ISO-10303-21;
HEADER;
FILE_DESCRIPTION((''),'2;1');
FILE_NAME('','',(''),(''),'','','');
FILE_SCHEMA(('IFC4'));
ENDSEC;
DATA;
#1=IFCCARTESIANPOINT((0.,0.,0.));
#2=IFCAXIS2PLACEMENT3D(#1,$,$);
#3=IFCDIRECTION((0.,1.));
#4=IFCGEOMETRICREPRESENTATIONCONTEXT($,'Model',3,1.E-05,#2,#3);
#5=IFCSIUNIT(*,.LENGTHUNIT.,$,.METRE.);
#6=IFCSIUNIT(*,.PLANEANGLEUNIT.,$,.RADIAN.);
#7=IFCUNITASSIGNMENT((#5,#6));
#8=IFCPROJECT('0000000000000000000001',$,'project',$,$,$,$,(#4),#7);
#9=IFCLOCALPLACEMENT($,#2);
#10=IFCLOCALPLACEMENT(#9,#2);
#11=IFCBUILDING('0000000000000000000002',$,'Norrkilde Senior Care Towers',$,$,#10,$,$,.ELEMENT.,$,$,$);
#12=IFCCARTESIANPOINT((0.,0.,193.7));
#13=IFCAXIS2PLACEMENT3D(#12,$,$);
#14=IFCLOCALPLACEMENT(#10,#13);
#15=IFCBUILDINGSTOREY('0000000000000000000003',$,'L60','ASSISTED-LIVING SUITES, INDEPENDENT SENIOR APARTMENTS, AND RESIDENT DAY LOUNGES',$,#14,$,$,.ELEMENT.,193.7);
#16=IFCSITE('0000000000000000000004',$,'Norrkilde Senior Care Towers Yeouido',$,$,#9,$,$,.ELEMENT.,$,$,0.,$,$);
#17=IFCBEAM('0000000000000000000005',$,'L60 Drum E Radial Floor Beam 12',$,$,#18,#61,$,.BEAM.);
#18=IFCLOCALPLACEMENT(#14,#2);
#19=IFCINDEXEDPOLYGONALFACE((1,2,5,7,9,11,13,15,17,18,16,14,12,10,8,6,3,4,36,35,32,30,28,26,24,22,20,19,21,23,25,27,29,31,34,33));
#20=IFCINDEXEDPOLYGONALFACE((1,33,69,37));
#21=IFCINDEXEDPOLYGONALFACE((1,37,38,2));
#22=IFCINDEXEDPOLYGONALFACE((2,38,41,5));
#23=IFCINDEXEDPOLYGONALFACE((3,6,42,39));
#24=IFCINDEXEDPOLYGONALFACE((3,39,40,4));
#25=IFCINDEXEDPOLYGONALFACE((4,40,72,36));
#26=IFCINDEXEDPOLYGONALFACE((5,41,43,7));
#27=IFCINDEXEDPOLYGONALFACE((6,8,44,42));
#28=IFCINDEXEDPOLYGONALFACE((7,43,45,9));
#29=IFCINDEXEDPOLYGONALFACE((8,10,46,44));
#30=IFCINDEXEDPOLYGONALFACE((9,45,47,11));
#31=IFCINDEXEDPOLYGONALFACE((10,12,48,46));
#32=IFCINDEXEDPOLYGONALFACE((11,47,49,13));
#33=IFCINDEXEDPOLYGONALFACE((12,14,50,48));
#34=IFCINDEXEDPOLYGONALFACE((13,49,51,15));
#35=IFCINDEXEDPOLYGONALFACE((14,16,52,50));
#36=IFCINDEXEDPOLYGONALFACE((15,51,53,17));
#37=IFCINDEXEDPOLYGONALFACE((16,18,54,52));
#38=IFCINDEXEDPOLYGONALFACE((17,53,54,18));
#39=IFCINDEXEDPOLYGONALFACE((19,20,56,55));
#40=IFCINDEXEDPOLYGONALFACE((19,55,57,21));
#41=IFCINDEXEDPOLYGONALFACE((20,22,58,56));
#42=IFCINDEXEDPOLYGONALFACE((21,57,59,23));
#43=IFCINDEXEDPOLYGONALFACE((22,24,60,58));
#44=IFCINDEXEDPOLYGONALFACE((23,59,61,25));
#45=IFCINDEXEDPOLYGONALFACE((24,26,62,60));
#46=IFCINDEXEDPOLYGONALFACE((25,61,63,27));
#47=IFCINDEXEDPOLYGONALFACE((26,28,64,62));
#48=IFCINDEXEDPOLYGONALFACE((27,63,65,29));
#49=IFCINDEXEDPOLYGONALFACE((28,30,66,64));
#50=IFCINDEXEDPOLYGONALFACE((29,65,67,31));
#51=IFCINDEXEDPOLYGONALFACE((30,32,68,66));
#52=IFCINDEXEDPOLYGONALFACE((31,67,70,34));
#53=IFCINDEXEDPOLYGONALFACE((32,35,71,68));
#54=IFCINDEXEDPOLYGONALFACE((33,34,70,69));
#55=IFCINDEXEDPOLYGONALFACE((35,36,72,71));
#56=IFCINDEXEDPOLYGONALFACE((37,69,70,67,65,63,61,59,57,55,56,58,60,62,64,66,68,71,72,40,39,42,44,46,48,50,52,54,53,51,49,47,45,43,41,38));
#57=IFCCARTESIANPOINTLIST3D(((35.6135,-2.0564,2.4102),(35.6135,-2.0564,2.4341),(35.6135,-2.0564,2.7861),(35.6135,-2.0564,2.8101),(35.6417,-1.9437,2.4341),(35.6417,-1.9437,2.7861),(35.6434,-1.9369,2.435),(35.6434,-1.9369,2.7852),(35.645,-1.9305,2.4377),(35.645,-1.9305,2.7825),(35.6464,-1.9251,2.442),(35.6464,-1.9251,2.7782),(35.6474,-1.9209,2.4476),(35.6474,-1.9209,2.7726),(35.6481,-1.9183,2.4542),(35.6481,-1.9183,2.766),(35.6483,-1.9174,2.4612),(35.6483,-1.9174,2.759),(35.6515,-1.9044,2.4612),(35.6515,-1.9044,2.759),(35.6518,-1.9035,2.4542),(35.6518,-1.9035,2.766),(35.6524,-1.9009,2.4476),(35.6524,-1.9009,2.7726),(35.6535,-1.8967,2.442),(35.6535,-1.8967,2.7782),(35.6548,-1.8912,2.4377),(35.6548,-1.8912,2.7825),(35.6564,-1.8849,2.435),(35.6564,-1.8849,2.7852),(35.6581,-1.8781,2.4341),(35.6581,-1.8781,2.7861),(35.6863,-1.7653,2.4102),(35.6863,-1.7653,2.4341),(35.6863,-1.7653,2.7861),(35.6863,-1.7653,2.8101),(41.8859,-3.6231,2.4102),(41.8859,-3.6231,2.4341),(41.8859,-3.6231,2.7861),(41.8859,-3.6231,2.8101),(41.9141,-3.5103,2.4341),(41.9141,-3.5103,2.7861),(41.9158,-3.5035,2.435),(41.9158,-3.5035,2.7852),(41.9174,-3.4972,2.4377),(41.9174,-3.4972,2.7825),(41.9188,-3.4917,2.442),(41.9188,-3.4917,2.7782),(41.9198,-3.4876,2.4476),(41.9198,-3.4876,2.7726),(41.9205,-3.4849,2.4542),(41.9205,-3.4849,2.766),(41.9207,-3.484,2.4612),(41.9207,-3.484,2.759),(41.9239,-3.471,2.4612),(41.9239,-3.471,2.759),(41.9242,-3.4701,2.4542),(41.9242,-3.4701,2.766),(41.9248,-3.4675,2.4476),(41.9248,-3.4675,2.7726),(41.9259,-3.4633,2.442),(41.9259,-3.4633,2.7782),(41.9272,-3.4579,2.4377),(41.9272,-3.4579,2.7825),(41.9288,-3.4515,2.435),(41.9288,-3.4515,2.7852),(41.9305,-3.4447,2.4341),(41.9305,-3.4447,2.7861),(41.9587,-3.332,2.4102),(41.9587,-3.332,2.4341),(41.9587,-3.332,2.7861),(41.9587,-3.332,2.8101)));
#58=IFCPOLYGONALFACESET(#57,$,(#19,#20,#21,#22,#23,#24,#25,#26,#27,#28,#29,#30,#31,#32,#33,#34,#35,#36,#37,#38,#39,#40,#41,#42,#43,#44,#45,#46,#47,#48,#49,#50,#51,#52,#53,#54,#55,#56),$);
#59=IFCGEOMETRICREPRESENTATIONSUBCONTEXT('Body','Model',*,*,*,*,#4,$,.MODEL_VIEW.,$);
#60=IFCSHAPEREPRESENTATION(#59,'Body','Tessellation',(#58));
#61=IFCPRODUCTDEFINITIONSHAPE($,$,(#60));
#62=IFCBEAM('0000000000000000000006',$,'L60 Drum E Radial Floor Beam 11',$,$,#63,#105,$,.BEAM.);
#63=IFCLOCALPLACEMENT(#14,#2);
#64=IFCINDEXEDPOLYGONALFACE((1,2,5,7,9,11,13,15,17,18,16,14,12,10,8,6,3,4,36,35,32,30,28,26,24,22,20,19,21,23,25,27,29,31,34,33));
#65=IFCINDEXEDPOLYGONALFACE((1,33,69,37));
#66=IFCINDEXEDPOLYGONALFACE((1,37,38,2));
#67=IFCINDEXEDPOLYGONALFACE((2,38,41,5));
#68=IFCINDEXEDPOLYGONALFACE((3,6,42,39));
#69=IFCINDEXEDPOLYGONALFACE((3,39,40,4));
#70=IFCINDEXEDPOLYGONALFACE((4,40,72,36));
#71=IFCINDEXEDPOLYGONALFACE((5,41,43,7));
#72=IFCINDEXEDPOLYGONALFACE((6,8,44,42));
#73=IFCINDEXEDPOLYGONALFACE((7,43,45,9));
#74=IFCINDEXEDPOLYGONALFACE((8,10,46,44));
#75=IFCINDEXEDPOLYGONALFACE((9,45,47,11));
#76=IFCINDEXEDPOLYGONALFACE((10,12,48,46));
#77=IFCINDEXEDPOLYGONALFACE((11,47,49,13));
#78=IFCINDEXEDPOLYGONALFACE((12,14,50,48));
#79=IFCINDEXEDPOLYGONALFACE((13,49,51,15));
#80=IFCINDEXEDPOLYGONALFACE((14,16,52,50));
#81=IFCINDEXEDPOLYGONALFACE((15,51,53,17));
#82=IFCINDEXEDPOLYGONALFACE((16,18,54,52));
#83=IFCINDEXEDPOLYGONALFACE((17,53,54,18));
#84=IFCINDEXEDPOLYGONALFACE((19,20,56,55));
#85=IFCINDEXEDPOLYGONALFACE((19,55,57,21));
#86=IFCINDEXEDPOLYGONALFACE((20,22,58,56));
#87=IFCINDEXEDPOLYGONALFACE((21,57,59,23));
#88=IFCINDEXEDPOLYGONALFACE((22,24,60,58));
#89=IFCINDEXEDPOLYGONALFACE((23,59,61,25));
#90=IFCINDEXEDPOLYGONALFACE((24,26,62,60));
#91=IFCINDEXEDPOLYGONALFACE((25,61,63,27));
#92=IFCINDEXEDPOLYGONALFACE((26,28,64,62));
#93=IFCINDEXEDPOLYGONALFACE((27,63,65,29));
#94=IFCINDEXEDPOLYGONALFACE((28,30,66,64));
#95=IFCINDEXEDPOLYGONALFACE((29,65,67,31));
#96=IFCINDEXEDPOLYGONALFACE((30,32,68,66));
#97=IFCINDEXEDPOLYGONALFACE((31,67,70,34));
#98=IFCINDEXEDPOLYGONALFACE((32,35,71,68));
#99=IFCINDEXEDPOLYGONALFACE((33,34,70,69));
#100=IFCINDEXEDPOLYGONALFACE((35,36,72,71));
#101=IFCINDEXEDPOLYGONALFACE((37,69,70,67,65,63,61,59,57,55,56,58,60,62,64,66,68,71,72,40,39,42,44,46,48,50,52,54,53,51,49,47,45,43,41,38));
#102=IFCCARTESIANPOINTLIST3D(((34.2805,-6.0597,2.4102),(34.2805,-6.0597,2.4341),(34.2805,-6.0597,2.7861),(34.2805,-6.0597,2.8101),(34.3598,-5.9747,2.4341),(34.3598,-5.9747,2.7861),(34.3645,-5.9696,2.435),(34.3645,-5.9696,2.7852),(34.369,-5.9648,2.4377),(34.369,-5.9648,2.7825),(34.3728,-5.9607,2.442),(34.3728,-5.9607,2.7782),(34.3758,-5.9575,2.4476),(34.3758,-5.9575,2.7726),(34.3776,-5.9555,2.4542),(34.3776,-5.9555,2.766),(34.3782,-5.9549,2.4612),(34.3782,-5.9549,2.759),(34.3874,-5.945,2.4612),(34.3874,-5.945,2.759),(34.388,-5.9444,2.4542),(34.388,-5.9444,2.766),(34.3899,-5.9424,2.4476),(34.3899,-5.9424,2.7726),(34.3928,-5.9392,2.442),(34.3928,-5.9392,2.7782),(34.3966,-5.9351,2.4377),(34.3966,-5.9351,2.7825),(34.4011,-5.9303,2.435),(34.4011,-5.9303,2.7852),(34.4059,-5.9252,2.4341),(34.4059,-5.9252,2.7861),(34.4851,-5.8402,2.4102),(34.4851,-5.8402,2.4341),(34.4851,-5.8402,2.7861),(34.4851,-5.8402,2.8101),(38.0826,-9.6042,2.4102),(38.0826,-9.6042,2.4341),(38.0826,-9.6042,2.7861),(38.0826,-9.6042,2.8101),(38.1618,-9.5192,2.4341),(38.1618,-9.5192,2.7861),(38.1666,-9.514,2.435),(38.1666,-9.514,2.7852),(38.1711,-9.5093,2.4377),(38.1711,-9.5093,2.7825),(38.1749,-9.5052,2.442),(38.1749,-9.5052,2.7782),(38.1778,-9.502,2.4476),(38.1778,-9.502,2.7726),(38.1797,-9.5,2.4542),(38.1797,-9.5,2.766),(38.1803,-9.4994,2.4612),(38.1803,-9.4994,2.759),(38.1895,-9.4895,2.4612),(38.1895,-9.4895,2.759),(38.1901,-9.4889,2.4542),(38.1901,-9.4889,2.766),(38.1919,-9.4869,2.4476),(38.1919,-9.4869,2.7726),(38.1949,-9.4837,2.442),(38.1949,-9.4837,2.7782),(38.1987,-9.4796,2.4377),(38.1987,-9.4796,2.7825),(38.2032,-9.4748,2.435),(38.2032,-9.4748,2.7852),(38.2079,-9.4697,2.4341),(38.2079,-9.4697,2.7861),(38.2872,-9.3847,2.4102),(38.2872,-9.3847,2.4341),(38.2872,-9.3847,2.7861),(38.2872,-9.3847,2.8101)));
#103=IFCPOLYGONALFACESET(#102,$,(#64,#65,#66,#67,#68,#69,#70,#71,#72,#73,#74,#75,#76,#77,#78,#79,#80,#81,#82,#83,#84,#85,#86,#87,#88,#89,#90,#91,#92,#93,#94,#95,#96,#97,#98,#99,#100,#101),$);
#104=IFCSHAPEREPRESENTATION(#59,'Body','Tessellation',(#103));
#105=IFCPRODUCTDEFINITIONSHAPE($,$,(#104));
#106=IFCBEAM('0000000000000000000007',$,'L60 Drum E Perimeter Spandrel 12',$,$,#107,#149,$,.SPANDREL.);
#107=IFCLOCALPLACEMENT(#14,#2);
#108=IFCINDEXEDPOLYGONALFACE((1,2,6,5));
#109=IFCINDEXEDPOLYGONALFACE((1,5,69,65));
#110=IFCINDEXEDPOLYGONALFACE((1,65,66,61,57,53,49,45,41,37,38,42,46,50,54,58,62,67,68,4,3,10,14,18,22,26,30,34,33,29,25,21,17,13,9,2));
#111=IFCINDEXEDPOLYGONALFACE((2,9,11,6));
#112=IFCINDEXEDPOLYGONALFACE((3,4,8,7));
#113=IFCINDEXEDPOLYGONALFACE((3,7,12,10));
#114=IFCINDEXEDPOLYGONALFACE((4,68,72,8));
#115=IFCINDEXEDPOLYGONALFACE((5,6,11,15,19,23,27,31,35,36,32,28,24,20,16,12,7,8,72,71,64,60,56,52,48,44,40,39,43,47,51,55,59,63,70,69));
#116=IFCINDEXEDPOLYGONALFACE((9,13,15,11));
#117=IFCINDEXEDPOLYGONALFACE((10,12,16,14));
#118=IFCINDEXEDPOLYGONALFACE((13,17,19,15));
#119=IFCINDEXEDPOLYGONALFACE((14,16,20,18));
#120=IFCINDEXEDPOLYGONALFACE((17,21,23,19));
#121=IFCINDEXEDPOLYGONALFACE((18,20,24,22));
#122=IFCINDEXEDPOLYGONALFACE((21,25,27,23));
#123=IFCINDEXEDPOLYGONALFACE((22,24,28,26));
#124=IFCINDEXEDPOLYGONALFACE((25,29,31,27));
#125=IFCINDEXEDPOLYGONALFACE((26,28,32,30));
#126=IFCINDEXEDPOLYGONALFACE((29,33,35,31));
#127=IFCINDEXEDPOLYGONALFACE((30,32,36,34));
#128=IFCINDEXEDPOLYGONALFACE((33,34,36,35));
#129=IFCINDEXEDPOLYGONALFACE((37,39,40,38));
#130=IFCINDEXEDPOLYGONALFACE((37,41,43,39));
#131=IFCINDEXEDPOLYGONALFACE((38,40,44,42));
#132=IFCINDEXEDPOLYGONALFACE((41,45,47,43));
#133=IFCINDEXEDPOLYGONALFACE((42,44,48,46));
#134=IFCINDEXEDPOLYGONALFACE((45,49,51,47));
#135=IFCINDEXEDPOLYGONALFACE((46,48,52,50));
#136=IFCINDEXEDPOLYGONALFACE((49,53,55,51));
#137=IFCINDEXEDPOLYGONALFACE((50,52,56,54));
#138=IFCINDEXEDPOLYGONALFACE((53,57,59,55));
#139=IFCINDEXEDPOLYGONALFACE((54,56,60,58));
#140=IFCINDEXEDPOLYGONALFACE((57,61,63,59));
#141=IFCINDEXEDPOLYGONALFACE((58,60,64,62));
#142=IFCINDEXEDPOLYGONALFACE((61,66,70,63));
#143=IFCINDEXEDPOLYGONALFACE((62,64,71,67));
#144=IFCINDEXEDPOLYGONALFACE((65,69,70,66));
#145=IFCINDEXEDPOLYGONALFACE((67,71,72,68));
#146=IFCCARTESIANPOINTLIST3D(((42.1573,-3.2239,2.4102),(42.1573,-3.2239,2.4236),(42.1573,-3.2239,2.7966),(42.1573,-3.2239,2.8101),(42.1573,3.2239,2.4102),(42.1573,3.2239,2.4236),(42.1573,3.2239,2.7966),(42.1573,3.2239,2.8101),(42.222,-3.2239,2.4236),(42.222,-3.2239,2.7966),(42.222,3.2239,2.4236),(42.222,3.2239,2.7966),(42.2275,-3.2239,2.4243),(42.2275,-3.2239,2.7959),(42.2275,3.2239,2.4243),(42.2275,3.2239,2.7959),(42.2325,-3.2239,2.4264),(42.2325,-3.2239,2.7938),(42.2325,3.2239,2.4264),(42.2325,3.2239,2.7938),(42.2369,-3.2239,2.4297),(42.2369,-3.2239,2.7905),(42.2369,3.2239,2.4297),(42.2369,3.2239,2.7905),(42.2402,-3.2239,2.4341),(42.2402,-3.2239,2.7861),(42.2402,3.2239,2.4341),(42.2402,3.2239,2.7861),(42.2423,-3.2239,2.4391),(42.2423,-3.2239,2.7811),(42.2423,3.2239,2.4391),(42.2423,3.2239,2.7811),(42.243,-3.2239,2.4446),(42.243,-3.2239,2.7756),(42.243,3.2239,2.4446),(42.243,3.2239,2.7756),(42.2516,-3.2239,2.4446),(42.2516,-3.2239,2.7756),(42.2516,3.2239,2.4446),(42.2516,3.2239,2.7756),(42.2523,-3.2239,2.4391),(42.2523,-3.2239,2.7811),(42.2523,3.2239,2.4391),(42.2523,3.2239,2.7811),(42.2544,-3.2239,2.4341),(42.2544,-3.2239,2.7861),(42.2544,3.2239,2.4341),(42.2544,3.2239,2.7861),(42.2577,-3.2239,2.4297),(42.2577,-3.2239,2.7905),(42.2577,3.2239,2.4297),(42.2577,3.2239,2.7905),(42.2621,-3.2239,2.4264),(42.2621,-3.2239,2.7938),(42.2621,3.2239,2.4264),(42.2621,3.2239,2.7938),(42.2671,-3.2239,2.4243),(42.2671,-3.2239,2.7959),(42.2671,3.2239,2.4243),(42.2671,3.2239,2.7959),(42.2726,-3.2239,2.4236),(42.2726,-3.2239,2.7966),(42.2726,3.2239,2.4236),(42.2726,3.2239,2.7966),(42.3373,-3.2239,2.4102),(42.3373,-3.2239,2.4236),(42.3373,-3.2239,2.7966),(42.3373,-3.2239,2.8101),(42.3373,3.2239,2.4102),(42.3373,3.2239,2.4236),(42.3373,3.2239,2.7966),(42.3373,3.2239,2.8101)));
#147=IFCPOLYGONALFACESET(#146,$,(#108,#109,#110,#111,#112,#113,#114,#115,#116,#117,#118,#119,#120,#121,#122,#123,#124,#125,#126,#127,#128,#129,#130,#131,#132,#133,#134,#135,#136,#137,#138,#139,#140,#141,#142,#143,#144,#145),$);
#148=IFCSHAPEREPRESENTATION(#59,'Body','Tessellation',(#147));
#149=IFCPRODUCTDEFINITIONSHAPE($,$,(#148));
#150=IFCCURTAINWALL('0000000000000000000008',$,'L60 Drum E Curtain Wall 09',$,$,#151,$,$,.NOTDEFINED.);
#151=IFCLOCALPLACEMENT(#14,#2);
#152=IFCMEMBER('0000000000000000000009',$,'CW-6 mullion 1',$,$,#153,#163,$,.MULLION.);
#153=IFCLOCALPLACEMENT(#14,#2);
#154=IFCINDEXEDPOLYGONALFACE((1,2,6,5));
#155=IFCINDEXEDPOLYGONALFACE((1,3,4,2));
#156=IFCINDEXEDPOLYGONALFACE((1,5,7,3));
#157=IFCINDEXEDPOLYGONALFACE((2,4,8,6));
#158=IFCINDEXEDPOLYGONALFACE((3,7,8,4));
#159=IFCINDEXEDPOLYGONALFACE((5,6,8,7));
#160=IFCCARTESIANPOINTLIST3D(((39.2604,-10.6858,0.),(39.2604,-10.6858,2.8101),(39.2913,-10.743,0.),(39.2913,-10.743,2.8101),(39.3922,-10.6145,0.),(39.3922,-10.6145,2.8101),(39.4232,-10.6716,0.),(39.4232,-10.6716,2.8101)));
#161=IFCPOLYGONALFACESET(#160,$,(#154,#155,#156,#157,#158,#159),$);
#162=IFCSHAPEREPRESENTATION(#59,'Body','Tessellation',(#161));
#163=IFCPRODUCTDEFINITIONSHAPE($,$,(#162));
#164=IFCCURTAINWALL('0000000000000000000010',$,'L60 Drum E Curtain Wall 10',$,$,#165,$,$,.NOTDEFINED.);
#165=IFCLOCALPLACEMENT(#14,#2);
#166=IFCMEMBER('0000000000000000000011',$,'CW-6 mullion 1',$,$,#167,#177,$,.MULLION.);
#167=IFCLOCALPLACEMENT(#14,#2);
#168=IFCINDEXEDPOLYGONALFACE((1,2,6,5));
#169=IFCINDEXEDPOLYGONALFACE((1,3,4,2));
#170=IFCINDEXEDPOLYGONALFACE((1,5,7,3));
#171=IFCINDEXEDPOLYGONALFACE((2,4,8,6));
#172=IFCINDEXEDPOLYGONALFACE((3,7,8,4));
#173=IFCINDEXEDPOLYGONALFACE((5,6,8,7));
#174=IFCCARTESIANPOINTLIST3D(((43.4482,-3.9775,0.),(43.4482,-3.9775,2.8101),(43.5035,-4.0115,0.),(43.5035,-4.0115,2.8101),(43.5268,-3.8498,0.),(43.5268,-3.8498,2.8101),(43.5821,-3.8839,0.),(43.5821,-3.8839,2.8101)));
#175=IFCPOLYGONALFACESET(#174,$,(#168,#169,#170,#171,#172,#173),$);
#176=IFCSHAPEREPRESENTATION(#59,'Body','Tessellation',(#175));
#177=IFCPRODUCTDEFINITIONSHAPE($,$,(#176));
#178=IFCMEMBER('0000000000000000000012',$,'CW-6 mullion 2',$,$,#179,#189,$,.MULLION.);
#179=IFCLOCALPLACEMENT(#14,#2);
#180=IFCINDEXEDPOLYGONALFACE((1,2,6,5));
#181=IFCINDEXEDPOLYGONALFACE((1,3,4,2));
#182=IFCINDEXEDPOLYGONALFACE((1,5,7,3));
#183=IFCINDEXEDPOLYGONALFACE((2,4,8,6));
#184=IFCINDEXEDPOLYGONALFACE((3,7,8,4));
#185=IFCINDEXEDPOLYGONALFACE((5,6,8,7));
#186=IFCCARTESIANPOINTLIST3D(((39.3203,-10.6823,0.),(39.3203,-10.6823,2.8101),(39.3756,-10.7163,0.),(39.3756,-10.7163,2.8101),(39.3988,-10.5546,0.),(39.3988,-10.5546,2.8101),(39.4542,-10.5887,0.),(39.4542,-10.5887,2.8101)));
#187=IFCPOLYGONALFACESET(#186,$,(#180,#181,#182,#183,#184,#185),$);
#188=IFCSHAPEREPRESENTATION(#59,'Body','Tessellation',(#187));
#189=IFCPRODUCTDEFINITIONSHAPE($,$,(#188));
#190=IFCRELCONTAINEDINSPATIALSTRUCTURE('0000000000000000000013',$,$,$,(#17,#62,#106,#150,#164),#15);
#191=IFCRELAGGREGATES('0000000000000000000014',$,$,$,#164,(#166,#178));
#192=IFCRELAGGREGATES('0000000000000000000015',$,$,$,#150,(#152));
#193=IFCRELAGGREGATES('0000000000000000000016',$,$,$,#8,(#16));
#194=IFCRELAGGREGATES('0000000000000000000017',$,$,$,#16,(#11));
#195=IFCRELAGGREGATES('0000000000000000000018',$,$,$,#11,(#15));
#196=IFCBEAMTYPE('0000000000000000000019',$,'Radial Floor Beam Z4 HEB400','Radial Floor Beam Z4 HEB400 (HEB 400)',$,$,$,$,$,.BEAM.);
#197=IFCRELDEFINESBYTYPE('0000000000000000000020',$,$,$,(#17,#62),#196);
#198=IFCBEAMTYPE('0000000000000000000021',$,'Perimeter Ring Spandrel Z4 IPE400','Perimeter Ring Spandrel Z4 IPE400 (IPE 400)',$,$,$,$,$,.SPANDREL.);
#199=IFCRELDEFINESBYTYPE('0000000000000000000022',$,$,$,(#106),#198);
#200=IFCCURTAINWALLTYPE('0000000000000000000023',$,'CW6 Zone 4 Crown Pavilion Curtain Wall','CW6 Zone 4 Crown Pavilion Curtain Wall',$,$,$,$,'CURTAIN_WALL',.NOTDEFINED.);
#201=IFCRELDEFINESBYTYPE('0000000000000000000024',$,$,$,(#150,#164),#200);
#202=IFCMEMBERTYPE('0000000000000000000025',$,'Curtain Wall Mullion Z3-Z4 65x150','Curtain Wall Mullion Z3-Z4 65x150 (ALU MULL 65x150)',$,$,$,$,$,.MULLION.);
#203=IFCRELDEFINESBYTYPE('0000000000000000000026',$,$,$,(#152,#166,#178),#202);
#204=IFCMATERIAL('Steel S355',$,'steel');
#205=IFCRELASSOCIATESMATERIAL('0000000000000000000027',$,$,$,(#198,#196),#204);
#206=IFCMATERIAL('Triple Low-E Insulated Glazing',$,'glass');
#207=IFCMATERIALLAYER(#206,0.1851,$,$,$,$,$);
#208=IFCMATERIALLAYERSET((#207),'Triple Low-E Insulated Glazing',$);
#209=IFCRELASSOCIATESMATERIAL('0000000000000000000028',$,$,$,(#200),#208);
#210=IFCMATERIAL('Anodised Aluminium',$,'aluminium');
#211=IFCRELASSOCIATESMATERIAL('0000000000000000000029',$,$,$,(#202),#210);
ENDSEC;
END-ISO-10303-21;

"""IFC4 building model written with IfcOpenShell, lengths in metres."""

from ifc_helpers import new_model, si_unit, direction, frame, origin, origin_2d, place, context, subcontext, project, spatial, rectangle, i_section, extrude, source, transform, mapped, material, layer, layer_set, material_profile, profile_set, type_object, type_shapes, element, aggregate, save


model = new_model("IFC4")

# Units and contexts
model_context = context("Model", 3, precision=1e-05, world=origin(), true_north=direction((0.0, 1.0)))
body_context = subcontext(model_context, "Body", "Model", "MODEL_VIEW")
ifc_project = project(units=[si_unit("LENGTHUNIT", "METRE"), si_unit("PLANEANGLEUNIT", "RADIAN")], contexts=[model_context])

# Site, building, storey
site_placement = place(None, origin())
site = spatial("IfcSite", under=ifc_project, at=site_placement, Name="Norrkilde Senior Care Towers Yeouido", CompositionType="ELEMENT", RefElevation=0.0)
building_placement = place(site_placement, origin())
building = spatial("IfcBuilding", under=site, at=building_placement, Name="Norrkilde Senior Care Towers", CompositionType="ELEMENT")
storey_placement = place(building_placement, frame((0.0, 0.0, 193.7)))
storey = spatial("IfcBuildingStorey", under=building, at=storey_placement, Name="L60", Description="ASSISTED-LIVING SUITES, INDEPENDENT SENIOR APARTMENTS, AND RESIDENT DAY LOUNGES", CompositionType="ELEMENT", Elevation=193.7)

# Beams
ifc_material_1 = material(Name="Steel S355", Category="steel")
ifc_material_profile_1 = material_profile(ifc_material_1, i_section(OverallWidth=0.1799, OverallDepth=0.3999, WebThickness=0.0085, FlangeThickness=0.0134, FilletRadius=0.021, at=origin_2d()), Name="IPE 400")
ifc_profile_set_1 = profile_set([ifc_material_profile_1], Name="Steel S355")
beam_type_1 = type_object("IfcBeamType", Name="Perimeter Ring Spandrel Z4 IPE400", Description="Perimeter Ring Spandrel Z4 IPE400 (IPE 400)", PredefinedType="SPANDREL", material=ifc_profile_set_1)
ifc_material_profile_2 = material_profile(ifc_material_1, i_section(OverallWidth=0.3, OverallDepth=0.3999, WebThickness=0.0134, FlangeThickness=0.0239, FilletRadius=0.0271, at=origin_2d()), Name="HEB 400")
ifc_profile_set_2 = profile_set([ifc_material_profile_2], Name="Steel S355")
beam_type_2 = type_object("IfcBeamType", Name="Radial Floor Beam Z4 HEB400", Description="Radial Floor Beam Z4 HEB400 (HEB 400)", PredefinedType="BEAM", material=ifc_profile_set_2)
shared_shape_1 = source(origin(), body_context, "Body", "SweptSolid", [
    extrude(i_section(OverallWidth=0.3, OverallDepth=0.3999, WebThickness=0.0134, FlangeThickness=0.0239, FilletRadius=0.0271, at=origin_2d()), origin(), (0.0, 0.0, 1.0), 6.4651),
])
beam_1_placement = place(storey_placement, frame((35.6499, -1.9109, 2.6101), z_axis=(0.970196, -0.242322, 0.0), x_axis=(0.242322, 0.970196, 0.0)))
element("IfcBeam", 1, at=beam_1_placement, inside=storey, type_object=beam_type_2, Name="L60 Drum E Radial Floor Beam 12", PredefinedType="BEAM", context=body_context, shape_type="MappedRepresentation", body=[
    mapped(shared_shape_1, transform((0.0, 0.0, 0.0), x_axis=(1.0, 0.0, 0.0), y_axis=(0.0, 1.0, 0.0), z_axis=(0.0, 0.0, 1.0), scale=1.0)),
])
shared_shape_2 = source(origin(), body_context, "Body", "SweptSolid", [
    extrude(i_section(OverallWidth=0.3, OverallDepth=0.3999, WebThickness=0.0134, FlangeThickness=0.0239, FilletRadius=0.0271, at=origin_2d()), origin(), (0.0, 0.0, 1.0), 5.198),
])
type_shapes(beam_type_2, [shared_shape_1, shared_shape_2])
beam_2_placement = place(storey_placement, frame((34.3828, -5.95, 2.6101), z_axis=(0.731449, -0.681896, 0.0), x_axis=(0.681896, 0.731449, 0.0)))
element("IfcBeam", 2, at=beam_2_placement, inside=storey, type_object=beam_type_2, Name="L60 Drum E Radial Floor Beam 11", PredefinedType="BEAM", context=body_context, shape_type="MappedRepresentation", body=[
    mapped(shared_shape_2, transform((0.0, 0.0, 0.0), x_axis=(1.0, 0.0, 0.0), y_axis=(0.0, 1.0, 0.0), z_axis=(0.0, 0.0, 1.0), scale=1.0)),
])
shared_shape_3 = source(origin(), body_context, "Body", "SweptSolid", [
    extrude(i_section(OverallWidth=0.1799, OverallDepth=0.3999, WebThickness=0.0085, FlangeThickness=0.0134, FilletRadius=0.021, at=origin_2d()), origin(), (0.0, 0.0, 1.0), 6.4478),
])
beam_3_placement = place(storey_placement, frame((42.2473, -3.2239, 2.6101), z_axis=(0.0, 1.0, 0.0), x_axis=(-1.0, 0.0, 0.0)))
element("IfcBeam", 3, at=beam_3_placement, inside=storey, type_object=beam_type_1, Name="L60 Drum E Perimeter Spandrel 12", PredefinedType="SPANDREL", context=body_context, shape_type="MappedRepresentation", body=[
    mapped(shared_shape_3, transform((0.0, 0.0, 0.0), x_axis=(1.0, 0.0, 0.0), y_axis=(0.0, 1.0, 0.0), z_axis=(0.0, 0.0, 1.0), scale=1.0)),
])

# Curtain wall, member
ifc_material_2 = material(Name="Triple Low-E Insulated Glazing", Category="glass")
ifc_layer_1 = layer(ifc_material_2, 0.1851)
ifc_layer_set_1 = layer_set([ifc_layer_1], Name="Triple Low-E Insulated Glazing")
curtain_wall_type = type_object("IfcCurtainWallType", Name="CW6 Zone 4 Crown Pavilion Curtain Wall", Description="CW6 Zone 4 Crown Pavilion Curtain Wall", ElementType="CURTAIN_WALL", PredefinedType="NOTDEFINED", material=ifc_layer_set_1)
curtain_wall_1_placement = place(storey_placement, origin())
curtain_wall_1 = element("IfcCurtainWall", 4, at=curtain_wall_1_placement, inside=storey, type_object=curtain_wall_type, Name="L60 Drum E Curtain Wall 09", PredefinedType="NOTDEFINED")
ifc_material_3 = material(Name="Anodised Aluminium", Category="aluminium")
ifc_material_profile_3 = material_profile(ifc_material_3, rectangle(XDim=0.0649, YDim=0.1499, at=origin_2d()), Name="ALU MULL 65x150")
ifc_profile_set_3 = profile_set([ifc_material_profile_3], Name="Anodised Aluminium")
member_type_1 = type_object("IfcMemberType", Name="Curtain Wall Mullion Z3-Z4 65x150", Description="Curtain Wall Mullion Z3-Z4 65x150 (ALU MULL 65x150)", PredefinedType="MULLION", material=ifc_profile_set_3)
shared_shape_4 = source(origin(), body_context, "Body", "SweptSolid", [
    extrude(rectangle(XDim=0.0649, YDim=0.1499, at=origin_2d()), origin(), (0.0, 0.0, 1.0), 2.8101),
])
type_shapes(member_type_1, [shared_shape_4])
member_1_placement = place(storey_placement, frame((39.3418, -10.6787, 0.0), z_axis=(0.0, 0.0, 1.0), x_axis=(0.476133, -0.879373, 0.0)))
member_1 = element("IfcMember", 5, at=member_1_placement, type_object=member_type_1, Name="CW-6 mullion 1", PredefinedType="MULLION", context=body_context, shape_type="MappedRepresentation", body=[
    mapped(shared_shape_4, transform((0.0, 0.0, 0.0), x_axis=(1.0, 0.0, 0.0), y_axis=(0.0, 1.0, 0.0), z_axis=(0.0, 0.0, 1.0), scale=1.0)),
])

# Curtain wall, members
curtain_wall_2_placement = place(storey_placement, origin())
curtain_wall_2 = element("IfcCurtainWall", 6, at=curtain_wall_2_placement, inside=storey, type_object=curtain_wall_type, Name="L60 Drum E Curtain Wall 10", PredefinedType="NOTDEFINED")
member_2_placement = place(storey_placement, frame((43.5151, -3.9307, 0.0), z_axis=(0.0, 0.0, 1.0), x_axis=(0.851563, -0.524253, 0.0)))
member_2 = element("IfcMember", 7, at=member_2_placement, type_object=member_type_1, Name="CW-6 mullion 1", PredefinedType="MULLION", context=body_context, shape_type="MappedRepresentation", body=[
    mapped(shared_shape_4, transform((0.0, 0.0, 0.0), x_axis=(1.0, 0.0, 0.0), y_axis=(0.0, 1.0, 0.0), z_axis=(0.0, 0.0, 1.0), scale=1.0)),
])
member_3_placement = place(storey_placement, frame((39.3872, -10.6355, 0.0), z_axis=(0.0, 0.0, 1.0), x_axis=(0.851563, -0.524253, 0.0)))
member_3 = element("IfcMember", 8, at=member_3_placement, type_object=member_type_1, Name="CW-6 mullion 2", PredefinedType="MULLION", context=body_context, shape_type="MappedRepresentation", body=[
    mapped(shared_shape_4, transform((0.0, 0.0, 0.0), x_axis=(1.0, 0.0, 0.0), y_axis=(0.0, 1.0, 0.0), z_axis=(0.0, 0.0, 1.0), scale=1.0)),
])

aggregate(curtain_wall_2, [member_2, member_3])
aggregate(curtain_wall_1, [member_1])

save(model, "model.ifc")
